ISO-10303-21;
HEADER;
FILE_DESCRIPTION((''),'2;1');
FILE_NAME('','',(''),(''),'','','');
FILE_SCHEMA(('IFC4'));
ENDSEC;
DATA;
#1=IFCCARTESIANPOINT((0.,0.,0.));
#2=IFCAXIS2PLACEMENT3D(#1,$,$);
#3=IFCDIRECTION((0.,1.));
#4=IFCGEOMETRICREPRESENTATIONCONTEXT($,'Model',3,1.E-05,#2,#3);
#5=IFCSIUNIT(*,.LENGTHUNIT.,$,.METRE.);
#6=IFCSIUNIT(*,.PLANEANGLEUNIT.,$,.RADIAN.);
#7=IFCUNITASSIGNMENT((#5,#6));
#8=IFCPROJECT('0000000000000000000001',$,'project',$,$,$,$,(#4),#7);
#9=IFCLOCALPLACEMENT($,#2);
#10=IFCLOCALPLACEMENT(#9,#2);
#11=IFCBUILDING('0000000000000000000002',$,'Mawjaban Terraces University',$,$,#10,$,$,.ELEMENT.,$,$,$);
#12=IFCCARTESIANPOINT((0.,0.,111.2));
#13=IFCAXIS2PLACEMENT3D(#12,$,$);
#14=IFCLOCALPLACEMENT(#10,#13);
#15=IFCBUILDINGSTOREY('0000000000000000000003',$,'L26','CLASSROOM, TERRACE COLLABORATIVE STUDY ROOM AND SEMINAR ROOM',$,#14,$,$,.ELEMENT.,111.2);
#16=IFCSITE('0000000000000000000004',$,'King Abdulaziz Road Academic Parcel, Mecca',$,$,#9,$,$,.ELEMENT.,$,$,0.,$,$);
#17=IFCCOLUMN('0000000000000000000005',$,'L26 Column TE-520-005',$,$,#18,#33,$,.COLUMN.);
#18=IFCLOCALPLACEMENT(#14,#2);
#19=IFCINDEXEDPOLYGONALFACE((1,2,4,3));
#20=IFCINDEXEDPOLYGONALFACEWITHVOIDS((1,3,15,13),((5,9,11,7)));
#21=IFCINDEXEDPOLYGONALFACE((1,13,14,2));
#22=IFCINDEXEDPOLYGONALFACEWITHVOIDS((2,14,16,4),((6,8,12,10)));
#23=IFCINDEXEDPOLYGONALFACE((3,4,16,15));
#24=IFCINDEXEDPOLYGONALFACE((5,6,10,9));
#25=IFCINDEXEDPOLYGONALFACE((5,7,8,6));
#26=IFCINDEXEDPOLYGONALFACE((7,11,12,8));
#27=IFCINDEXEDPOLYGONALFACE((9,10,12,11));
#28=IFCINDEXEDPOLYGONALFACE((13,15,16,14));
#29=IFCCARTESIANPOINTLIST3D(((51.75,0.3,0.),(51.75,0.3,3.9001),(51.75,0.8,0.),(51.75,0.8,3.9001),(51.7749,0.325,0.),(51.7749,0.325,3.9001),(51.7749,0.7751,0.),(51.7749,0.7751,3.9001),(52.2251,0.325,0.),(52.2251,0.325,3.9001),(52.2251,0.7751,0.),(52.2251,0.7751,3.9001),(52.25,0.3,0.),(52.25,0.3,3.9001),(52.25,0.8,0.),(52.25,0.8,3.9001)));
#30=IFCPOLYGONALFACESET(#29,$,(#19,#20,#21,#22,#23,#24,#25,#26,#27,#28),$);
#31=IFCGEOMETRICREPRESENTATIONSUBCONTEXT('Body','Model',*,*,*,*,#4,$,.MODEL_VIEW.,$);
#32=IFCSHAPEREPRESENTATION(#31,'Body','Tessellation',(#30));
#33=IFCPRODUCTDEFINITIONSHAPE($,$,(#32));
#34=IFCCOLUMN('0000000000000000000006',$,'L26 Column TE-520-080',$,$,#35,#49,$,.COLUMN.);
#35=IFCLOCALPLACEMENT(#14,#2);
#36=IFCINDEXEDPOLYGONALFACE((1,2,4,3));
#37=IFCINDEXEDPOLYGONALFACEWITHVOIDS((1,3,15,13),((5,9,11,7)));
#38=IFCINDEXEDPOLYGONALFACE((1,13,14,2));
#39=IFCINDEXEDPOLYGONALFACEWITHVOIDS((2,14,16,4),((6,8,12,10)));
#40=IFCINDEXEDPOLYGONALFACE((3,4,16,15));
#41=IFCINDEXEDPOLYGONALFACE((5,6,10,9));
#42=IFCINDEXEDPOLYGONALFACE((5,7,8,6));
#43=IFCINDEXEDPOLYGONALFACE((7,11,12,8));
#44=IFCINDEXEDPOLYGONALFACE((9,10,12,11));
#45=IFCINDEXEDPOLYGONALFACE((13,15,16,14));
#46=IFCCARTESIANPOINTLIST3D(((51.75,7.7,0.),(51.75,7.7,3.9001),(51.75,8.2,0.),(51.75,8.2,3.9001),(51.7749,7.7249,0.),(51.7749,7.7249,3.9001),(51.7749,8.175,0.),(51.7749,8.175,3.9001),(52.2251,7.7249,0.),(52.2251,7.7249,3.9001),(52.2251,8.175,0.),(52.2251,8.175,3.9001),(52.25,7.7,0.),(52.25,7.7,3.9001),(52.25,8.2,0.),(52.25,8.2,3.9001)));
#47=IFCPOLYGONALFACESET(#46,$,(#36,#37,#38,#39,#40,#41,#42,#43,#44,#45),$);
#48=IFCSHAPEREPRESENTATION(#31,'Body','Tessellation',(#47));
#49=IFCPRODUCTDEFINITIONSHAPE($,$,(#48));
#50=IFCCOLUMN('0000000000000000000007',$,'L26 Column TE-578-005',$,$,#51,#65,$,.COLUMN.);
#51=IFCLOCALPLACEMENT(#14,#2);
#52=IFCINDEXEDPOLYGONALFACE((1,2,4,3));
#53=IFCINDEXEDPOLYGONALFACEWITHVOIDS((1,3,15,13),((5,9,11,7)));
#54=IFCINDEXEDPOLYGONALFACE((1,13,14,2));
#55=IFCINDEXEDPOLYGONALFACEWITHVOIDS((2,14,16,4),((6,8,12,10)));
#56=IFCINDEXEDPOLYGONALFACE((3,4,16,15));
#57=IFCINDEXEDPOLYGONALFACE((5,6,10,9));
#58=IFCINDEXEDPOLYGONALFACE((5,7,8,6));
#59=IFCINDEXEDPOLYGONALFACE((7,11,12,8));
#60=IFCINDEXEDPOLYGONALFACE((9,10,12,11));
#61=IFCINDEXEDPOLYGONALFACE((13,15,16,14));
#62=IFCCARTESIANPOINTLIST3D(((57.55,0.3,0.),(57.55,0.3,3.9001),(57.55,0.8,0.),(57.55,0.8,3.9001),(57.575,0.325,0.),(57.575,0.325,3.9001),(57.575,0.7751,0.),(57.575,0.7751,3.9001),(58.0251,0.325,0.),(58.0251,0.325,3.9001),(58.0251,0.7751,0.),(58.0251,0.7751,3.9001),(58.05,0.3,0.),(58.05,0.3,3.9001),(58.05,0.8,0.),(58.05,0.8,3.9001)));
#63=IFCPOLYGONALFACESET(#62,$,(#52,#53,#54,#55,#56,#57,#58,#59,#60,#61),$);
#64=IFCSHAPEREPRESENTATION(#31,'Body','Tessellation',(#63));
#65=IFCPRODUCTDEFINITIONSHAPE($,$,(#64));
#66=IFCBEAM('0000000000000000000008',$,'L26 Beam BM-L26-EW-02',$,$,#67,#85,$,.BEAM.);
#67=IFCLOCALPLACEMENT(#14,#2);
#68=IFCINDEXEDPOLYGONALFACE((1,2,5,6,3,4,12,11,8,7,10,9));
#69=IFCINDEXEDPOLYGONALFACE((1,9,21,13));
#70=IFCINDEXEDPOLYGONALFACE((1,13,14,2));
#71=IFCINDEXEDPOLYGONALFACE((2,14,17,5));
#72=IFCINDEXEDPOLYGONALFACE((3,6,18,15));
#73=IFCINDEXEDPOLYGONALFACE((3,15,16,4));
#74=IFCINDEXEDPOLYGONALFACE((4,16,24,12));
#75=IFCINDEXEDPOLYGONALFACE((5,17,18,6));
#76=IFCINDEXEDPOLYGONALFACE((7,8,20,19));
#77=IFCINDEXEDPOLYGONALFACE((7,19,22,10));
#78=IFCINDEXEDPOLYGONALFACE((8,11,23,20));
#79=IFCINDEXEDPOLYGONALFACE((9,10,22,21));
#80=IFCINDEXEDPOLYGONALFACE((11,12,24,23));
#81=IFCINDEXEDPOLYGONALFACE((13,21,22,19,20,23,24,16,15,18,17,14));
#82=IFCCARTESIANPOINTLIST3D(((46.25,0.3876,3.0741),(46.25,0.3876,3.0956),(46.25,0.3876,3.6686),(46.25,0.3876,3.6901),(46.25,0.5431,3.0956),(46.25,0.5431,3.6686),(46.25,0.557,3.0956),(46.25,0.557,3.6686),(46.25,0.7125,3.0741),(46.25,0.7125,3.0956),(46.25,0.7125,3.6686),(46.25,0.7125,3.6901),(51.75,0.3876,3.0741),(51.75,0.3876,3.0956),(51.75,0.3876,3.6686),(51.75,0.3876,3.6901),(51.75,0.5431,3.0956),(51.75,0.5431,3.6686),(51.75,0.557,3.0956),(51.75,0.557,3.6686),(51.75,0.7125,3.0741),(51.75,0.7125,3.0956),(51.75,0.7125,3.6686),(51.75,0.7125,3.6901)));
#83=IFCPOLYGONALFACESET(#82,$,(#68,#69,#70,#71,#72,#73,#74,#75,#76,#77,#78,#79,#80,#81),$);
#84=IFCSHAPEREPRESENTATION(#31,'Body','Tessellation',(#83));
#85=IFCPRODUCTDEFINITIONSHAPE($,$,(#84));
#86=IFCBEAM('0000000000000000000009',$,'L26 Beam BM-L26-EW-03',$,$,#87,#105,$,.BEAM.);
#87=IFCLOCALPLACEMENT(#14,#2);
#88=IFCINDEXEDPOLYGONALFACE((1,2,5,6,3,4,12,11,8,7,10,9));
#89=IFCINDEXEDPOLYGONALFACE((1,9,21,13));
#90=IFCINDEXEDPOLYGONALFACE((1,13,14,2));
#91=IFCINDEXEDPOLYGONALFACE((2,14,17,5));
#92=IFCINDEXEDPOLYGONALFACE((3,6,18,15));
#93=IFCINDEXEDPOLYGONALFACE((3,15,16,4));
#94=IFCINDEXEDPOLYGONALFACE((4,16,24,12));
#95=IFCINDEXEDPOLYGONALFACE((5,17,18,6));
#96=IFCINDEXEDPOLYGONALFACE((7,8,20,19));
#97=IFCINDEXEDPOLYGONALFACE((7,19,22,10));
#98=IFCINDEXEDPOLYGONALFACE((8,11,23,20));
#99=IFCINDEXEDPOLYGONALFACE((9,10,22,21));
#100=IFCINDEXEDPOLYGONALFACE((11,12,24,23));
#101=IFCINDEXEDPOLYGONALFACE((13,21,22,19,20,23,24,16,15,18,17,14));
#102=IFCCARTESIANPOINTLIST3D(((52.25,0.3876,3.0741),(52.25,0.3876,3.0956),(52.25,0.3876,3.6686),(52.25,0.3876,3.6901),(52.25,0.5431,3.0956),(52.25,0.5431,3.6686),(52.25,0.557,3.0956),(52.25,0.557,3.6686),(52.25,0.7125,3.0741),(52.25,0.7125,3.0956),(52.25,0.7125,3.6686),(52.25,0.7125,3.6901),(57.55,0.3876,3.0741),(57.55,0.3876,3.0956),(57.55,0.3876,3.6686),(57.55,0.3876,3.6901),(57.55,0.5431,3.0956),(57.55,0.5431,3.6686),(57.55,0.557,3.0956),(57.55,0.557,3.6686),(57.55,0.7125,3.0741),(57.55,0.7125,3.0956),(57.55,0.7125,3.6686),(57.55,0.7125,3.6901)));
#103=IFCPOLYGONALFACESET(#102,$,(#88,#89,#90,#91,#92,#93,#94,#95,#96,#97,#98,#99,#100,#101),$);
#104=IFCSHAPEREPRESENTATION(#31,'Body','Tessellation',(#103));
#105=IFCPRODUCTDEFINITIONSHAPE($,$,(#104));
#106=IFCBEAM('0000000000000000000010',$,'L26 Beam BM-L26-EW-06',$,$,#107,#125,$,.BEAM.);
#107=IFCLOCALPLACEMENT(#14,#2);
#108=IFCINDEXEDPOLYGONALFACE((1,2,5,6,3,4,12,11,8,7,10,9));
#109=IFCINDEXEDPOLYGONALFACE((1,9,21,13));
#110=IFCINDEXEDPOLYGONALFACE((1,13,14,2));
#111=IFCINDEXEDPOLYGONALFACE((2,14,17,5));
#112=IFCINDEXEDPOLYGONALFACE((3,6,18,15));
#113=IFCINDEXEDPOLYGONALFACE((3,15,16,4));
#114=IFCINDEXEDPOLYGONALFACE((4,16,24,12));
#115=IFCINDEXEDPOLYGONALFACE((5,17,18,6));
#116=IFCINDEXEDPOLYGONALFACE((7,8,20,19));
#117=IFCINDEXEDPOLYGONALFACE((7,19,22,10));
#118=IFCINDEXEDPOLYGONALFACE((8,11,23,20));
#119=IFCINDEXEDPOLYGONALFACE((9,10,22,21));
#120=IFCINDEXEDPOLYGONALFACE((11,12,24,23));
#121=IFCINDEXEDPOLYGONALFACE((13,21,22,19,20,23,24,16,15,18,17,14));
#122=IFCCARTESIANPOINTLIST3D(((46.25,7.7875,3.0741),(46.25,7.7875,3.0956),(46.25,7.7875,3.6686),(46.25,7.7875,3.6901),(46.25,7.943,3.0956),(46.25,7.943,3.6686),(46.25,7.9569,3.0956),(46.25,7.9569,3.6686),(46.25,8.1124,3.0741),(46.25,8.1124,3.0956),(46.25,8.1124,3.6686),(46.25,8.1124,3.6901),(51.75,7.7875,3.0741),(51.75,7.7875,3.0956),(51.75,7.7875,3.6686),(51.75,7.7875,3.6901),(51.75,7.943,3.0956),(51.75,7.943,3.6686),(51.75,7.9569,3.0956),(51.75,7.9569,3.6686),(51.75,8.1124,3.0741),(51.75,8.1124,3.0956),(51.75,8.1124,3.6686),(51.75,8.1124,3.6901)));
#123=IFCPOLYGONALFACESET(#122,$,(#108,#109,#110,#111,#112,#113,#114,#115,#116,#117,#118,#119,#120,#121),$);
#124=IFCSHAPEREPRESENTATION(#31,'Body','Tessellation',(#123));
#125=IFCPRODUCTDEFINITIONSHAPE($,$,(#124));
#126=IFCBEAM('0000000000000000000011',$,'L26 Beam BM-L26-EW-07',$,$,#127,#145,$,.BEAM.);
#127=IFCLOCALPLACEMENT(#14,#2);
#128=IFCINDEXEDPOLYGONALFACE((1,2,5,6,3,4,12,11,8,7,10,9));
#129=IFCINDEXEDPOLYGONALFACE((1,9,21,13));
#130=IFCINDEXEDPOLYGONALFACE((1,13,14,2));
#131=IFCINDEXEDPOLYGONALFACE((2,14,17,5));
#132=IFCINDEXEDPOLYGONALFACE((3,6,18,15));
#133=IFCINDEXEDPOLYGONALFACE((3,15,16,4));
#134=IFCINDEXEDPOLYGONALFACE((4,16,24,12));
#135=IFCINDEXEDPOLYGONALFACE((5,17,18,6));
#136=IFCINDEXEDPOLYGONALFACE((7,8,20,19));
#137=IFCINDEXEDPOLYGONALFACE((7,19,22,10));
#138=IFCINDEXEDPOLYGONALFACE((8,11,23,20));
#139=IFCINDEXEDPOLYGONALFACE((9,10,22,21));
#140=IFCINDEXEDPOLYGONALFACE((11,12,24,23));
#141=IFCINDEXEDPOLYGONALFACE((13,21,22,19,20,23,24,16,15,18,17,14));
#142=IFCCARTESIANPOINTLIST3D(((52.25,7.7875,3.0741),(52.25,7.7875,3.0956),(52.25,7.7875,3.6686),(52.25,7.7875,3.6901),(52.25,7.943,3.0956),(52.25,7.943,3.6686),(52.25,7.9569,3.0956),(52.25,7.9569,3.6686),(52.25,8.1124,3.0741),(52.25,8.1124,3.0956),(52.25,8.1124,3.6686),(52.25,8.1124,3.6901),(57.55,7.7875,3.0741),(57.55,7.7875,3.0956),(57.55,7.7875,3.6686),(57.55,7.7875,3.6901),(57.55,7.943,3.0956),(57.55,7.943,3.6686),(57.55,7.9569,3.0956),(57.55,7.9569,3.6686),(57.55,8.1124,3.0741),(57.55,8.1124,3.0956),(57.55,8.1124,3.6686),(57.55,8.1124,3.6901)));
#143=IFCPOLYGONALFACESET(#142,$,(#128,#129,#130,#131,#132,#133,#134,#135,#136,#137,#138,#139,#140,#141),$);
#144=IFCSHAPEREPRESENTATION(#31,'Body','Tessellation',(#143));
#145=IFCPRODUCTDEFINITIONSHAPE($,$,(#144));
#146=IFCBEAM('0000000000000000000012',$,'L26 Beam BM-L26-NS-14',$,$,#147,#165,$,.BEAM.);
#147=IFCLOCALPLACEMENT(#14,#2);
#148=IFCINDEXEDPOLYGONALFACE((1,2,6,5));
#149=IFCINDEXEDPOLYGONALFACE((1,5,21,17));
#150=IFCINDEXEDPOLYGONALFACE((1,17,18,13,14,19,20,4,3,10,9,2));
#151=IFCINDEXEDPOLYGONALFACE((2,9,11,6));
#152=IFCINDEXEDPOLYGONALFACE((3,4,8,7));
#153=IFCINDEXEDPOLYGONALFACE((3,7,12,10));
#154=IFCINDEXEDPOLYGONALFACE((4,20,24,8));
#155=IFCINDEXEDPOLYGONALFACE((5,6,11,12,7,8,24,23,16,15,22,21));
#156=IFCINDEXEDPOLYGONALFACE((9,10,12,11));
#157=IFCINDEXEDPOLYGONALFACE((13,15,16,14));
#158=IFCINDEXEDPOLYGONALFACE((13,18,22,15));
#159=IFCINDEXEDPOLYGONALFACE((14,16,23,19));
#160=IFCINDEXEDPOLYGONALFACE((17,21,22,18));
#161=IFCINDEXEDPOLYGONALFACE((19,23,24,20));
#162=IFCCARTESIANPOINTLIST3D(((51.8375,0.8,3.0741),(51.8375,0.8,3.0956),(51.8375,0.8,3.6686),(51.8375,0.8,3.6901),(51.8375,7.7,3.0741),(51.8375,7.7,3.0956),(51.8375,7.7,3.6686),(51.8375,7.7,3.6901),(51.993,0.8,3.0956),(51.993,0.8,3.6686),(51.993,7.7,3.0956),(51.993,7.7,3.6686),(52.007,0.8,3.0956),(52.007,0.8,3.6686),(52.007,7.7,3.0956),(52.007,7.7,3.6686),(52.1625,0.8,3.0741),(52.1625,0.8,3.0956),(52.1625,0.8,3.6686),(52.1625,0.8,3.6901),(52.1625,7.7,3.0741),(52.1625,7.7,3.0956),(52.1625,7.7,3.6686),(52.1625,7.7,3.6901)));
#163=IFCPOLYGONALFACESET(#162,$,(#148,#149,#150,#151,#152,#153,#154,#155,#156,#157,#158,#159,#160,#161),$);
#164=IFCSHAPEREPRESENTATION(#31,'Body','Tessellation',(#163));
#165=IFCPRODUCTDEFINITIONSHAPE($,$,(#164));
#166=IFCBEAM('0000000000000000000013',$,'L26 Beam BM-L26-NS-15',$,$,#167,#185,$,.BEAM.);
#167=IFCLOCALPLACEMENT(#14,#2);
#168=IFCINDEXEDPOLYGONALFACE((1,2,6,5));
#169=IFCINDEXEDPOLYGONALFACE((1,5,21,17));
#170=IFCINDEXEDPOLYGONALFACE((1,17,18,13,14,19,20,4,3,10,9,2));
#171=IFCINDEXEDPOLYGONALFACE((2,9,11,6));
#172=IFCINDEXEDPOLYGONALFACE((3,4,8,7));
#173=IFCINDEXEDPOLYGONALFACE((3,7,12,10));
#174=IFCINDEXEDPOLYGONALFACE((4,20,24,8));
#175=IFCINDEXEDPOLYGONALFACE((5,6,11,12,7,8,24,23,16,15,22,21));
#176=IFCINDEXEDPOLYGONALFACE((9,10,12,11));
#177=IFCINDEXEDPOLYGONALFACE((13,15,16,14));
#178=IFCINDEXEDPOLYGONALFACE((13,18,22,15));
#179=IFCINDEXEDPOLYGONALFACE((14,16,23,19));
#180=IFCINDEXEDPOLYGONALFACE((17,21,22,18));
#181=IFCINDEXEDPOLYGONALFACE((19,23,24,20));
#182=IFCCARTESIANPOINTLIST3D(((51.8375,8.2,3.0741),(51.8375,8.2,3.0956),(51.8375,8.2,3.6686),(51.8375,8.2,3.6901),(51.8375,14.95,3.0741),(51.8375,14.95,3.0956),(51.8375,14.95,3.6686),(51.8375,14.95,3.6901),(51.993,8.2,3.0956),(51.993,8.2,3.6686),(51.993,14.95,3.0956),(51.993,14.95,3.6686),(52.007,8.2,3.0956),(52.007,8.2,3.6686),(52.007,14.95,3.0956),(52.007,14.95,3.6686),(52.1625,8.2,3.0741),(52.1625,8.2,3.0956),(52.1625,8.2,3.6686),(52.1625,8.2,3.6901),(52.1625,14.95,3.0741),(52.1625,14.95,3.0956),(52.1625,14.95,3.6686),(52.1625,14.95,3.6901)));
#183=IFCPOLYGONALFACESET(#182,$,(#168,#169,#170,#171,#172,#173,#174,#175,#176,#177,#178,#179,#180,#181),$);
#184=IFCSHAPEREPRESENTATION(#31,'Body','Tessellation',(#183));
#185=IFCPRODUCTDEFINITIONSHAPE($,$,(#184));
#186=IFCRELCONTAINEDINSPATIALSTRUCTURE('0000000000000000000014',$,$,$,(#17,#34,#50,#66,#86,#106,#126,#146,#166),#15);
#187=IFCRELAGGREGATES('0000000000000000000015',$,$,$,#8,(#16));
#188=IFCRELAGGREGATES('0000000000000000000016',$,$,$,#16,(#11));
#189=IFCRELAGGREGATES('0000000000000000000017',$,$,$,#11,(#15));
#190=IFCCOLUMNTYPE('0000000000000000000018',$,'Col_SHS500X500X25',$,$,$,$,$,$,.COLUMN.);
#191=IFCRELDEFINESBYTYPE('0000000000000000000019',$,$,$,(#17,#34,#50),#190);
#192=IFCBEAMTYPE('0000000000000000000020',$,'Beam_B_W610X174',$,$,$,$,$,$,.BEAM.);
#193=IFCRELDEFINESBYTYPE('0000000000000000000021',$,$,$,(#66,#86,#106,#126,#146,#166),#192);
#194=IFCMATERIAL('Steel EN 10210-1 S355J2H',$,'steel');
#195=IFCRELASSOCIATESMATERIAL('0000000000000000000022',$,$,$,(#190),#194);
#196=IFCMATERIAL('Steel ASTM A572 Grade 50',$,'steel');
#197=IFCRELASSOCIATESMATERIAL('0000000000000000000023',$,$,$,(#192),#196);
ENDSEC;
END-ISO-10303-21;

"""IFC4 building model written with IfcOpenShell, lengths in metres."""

from ifc_helpers import new_model, si_unit, direction, frame, origin, origin_2d, place, context, subcontext, project, spatial, hollow_rectangle, i_section, extrude, material, material_profile, profile_set, type_object, element, save


model = new_model("IFC4")

# Units and contexts
model_context = context("Model", 3, precision=1e-05, world=origin(), true_north=direction((0.0, 1.0)))
body_context = subcontext(model_context, "Body", "Model", "MODEL_VIEW")
ifc_project = project(units=[si_unit("LENGTHUNIT", "METRE"), si_unit("PLANEANGLEUNIT", "RADIAN")], contexts=[model_context])

# Site, building, storey
site_placement = place(None, origin())
site = spatial("IfcSite", under=ifc_project, at=site_placement, Name="King Abdulaziz Road Academic Parcel, Mecca", CompositionType="ELEMENT", RefElevation=0.0)
building_placement = place(site_placement, origin())
building = spatial("IfcBuilding", under=site, at=building_placement, Name="Mawjaban Terraces University", CompositionType="ELEMENT")
storey_placement = place(building_placement, frame((0.0, 0.0, 111.2)))
storey = spatial("IfcBuildingStorey", under=building, at=storey_placement, Name="L26", Description="CLASSROOM, TERRACE COLLABORATIVE STUDY ROOM AND SEMINAR ROOM", CompositionType="ELEMENT", Elevation=111.2)

# Columns
ifc_material_1 = material(Name="Steel EN 10210-1 S355J2H", Category="steel")
ifc_material_profile_1 = material_profile(ifc_material_1, hollow_rectangle(XDim=0.5, YDim=0.5, WallThickness=0.0249, at=origin_2d()), Name="SHS500X500X25")
ifc_profile_set_1 = profile_set([ifc_material_profile_1], Name="Steel EN 10210-1 S355J2H")
column_type = type_object("IfcColumnType", Name="Col_SHS500X500X25", PredefinedType="COLUMN", material=ifc_profile_set_1)
for number, where, z_axis, x_axis, name in (
    (1, (52.0, 0.55, 0.0), (0.0, 0.0, 1.0), (1.0, 0.0, 0.0), "L26 Column TE-520-005"),
    (2, (52.0, 7.95, 0.0), (0.0, 0.0, 1.0), (1.0, 0.0, 0.0), "L26 Column TE-520-080"),
    (3, (57.8, 0.55, 0.0), (0.0, 0.0, 1.0), (1.0, 0.0, 0.0), "L26 Column TE-578-005"),
):
    element("IfcColumn", number, at=place(storey_placement, frame(where, z_axis=z_axis, x_axis=x_axis)), inside=storey, type_object=column_type, Name=name, PredefinedType="COLUMN", context=body_context, shape_type="SweptSolid", body=[
        extrude(hollow_rectangle(XDim=0.5, YDim=0.5, WallThickness=0.0249, at=origin_2d()), origin(), (0.0, 0.0, 1.0), 3.9001),
    ])

# Beams
ifc_material_2 = material(Name="Steel ASTM A572 Grade 50", Category="steel")
ifc_material_profile_2 = material_profile(ifc_material_2, i_section(OverallWidth=0.325, OverallDepth=0.616, WebThickness=0.0139, FlangeThickness=0.0215, at=origin_2d()), Name="W610X174")
ifc_profile_set_2 = profile_set([ifc_material_profile_2], Name="Steel ASTM A572 Grade 50")
beam_type_1 = type_object("IfcBeamType", Name="Beam_B_W610X174", PredefinedType="BEAM", material=ifc_profile_set_2)
beam_1_placement = place(storey_placement, frame((46.25, 0.55, 3.3821), z_axis=(1.0, 0.0, 0.0), x_axis=(0.0, 1.0, 0.0)))
element("IfcBeam", 4, at=beam_1_placement, inside=storey, type_object=beam_type_1, Name="L26 Beam BM-L26-EW-02", PredefinedType="BEAM", context=body_context, shape_type="SweptSolid", body=[
    extrude(i_section(OverallWidth=0.325, OverallDepth=0.616, WebThickness=0.0139, FlangeThickness=0.0215, at=origin_2d()), origin(), (0.0, 0.0, 1.0), 5.5),
])
beam_2_placement = place(storey_placement, frame((52.25, 0.55, 3.3821), z_axis=(1.0, 0.0, 0.0), x_axis=(0.0, 1.0, 0.0)))
element("IfcBeam", 5, at=beam_2_placement, inside=storey, type_object=beam_type_1, Name="L26 Beam BM-L26-EW-03", PredefinedType="BEAM", context=body_context, shape_type="SweptSolid", body=[
    extrude(i_section(OverallWidth=0.325, OverallDepth=0.616, WebThickness=0.0139, FlangeThickness=0.0215, at=origin_2d()), origin(), (0.0, 0.0, 1.0), 5.3),
])
beam_3_placement = place(storey_placement, frame((46.25, 7.95, 3.3821), z_axis=(1.0, 0.0, 0.0), x_axis=(0.0, 1.0, 0.0)))
element("IfcBeam", 6, at=beam_3_placement, inside=storey, type_object=beam_type_1, Name="L26 Beam BM-L26-EW-06", PredefinedType="BEAM", context=body_context, shape_type="SweptSolid", body=[
    extrude(i_section(OverallWidth=0.325, OverallDepth=0.616, WebThickness=0.0139, FlangeThickness=0.0215, at=origin_2d()), origin(), (0.0, 0.0, 1.0), 5.5),
])
beam_4_placement = place(storey_placement, frame((52.25, 7.95, 3.3821), z_axis=(1.0, 0.0, 0.0), x_axis=(0.0, 1.0, 0.0)))
element("IfcBeam", 7, at=beam_4_placement, inside=storey, type_object=beam_type_1, Name="L26 Beam BM-L26-EW-07", PredefinedType="BEAM", context=body_context, shape_type="SweptSolid", body=[
    extrude(i_section(OverallWidth=0.325, OverallDepth=0.616, WebThickness=0.0139, FlangeThickness=0.0215, at=origin_2d()), origin(), (0.0, 0.0, 1.0), 5.3),
])
beam_5_placement = place(storey_placement, frame((52.0, 0.8, 3.3821), z_axis=(0.0, 1.0, 0.0), x_axis=(-1.0, 0.0, 0.0)))
element("IfcBeam", 8, at=beam_5_placement, inside=storey, type_object=beam_type_1, Name="L26 Beam BM-L26-NS-14", PredefinedType="BEAM", context=body_context, shape_type="SweptSolid", body=[
    extrude(i_section(OverallWidth=0.325, OverallDepth=0.616, WebThickness=0.0139, FlangeThickness=0.0215, at=origin_2d()), origin(), (0.0, 0.0, 1.0), 6.8999),
])
beam_6_placement = place(storey_placement, frame((52.0, 8.2, 3.3821), z_axis=(0.0, 1.0, 0.0), x_axis=(-1.0, 0.0, 0.0)))
element("IfcBeam", 9, at=beam_6_placement, inside=storey, type_object=beam_type_1, Name="L26 Beam BM-L26-NS-15", PredefinedType="BEAM", context=body_context, shape_type="SweptSolid", body=[
    extrude(i_section(OverallWidth=0.325, OverallDepth=0.616, WebThickness=0.0139, FlangeThickness=0.0215, at=origin_2d()), origin(), (0.0, 0.0, 1.0), 6.75),
])

save(model, "model.ifc")
